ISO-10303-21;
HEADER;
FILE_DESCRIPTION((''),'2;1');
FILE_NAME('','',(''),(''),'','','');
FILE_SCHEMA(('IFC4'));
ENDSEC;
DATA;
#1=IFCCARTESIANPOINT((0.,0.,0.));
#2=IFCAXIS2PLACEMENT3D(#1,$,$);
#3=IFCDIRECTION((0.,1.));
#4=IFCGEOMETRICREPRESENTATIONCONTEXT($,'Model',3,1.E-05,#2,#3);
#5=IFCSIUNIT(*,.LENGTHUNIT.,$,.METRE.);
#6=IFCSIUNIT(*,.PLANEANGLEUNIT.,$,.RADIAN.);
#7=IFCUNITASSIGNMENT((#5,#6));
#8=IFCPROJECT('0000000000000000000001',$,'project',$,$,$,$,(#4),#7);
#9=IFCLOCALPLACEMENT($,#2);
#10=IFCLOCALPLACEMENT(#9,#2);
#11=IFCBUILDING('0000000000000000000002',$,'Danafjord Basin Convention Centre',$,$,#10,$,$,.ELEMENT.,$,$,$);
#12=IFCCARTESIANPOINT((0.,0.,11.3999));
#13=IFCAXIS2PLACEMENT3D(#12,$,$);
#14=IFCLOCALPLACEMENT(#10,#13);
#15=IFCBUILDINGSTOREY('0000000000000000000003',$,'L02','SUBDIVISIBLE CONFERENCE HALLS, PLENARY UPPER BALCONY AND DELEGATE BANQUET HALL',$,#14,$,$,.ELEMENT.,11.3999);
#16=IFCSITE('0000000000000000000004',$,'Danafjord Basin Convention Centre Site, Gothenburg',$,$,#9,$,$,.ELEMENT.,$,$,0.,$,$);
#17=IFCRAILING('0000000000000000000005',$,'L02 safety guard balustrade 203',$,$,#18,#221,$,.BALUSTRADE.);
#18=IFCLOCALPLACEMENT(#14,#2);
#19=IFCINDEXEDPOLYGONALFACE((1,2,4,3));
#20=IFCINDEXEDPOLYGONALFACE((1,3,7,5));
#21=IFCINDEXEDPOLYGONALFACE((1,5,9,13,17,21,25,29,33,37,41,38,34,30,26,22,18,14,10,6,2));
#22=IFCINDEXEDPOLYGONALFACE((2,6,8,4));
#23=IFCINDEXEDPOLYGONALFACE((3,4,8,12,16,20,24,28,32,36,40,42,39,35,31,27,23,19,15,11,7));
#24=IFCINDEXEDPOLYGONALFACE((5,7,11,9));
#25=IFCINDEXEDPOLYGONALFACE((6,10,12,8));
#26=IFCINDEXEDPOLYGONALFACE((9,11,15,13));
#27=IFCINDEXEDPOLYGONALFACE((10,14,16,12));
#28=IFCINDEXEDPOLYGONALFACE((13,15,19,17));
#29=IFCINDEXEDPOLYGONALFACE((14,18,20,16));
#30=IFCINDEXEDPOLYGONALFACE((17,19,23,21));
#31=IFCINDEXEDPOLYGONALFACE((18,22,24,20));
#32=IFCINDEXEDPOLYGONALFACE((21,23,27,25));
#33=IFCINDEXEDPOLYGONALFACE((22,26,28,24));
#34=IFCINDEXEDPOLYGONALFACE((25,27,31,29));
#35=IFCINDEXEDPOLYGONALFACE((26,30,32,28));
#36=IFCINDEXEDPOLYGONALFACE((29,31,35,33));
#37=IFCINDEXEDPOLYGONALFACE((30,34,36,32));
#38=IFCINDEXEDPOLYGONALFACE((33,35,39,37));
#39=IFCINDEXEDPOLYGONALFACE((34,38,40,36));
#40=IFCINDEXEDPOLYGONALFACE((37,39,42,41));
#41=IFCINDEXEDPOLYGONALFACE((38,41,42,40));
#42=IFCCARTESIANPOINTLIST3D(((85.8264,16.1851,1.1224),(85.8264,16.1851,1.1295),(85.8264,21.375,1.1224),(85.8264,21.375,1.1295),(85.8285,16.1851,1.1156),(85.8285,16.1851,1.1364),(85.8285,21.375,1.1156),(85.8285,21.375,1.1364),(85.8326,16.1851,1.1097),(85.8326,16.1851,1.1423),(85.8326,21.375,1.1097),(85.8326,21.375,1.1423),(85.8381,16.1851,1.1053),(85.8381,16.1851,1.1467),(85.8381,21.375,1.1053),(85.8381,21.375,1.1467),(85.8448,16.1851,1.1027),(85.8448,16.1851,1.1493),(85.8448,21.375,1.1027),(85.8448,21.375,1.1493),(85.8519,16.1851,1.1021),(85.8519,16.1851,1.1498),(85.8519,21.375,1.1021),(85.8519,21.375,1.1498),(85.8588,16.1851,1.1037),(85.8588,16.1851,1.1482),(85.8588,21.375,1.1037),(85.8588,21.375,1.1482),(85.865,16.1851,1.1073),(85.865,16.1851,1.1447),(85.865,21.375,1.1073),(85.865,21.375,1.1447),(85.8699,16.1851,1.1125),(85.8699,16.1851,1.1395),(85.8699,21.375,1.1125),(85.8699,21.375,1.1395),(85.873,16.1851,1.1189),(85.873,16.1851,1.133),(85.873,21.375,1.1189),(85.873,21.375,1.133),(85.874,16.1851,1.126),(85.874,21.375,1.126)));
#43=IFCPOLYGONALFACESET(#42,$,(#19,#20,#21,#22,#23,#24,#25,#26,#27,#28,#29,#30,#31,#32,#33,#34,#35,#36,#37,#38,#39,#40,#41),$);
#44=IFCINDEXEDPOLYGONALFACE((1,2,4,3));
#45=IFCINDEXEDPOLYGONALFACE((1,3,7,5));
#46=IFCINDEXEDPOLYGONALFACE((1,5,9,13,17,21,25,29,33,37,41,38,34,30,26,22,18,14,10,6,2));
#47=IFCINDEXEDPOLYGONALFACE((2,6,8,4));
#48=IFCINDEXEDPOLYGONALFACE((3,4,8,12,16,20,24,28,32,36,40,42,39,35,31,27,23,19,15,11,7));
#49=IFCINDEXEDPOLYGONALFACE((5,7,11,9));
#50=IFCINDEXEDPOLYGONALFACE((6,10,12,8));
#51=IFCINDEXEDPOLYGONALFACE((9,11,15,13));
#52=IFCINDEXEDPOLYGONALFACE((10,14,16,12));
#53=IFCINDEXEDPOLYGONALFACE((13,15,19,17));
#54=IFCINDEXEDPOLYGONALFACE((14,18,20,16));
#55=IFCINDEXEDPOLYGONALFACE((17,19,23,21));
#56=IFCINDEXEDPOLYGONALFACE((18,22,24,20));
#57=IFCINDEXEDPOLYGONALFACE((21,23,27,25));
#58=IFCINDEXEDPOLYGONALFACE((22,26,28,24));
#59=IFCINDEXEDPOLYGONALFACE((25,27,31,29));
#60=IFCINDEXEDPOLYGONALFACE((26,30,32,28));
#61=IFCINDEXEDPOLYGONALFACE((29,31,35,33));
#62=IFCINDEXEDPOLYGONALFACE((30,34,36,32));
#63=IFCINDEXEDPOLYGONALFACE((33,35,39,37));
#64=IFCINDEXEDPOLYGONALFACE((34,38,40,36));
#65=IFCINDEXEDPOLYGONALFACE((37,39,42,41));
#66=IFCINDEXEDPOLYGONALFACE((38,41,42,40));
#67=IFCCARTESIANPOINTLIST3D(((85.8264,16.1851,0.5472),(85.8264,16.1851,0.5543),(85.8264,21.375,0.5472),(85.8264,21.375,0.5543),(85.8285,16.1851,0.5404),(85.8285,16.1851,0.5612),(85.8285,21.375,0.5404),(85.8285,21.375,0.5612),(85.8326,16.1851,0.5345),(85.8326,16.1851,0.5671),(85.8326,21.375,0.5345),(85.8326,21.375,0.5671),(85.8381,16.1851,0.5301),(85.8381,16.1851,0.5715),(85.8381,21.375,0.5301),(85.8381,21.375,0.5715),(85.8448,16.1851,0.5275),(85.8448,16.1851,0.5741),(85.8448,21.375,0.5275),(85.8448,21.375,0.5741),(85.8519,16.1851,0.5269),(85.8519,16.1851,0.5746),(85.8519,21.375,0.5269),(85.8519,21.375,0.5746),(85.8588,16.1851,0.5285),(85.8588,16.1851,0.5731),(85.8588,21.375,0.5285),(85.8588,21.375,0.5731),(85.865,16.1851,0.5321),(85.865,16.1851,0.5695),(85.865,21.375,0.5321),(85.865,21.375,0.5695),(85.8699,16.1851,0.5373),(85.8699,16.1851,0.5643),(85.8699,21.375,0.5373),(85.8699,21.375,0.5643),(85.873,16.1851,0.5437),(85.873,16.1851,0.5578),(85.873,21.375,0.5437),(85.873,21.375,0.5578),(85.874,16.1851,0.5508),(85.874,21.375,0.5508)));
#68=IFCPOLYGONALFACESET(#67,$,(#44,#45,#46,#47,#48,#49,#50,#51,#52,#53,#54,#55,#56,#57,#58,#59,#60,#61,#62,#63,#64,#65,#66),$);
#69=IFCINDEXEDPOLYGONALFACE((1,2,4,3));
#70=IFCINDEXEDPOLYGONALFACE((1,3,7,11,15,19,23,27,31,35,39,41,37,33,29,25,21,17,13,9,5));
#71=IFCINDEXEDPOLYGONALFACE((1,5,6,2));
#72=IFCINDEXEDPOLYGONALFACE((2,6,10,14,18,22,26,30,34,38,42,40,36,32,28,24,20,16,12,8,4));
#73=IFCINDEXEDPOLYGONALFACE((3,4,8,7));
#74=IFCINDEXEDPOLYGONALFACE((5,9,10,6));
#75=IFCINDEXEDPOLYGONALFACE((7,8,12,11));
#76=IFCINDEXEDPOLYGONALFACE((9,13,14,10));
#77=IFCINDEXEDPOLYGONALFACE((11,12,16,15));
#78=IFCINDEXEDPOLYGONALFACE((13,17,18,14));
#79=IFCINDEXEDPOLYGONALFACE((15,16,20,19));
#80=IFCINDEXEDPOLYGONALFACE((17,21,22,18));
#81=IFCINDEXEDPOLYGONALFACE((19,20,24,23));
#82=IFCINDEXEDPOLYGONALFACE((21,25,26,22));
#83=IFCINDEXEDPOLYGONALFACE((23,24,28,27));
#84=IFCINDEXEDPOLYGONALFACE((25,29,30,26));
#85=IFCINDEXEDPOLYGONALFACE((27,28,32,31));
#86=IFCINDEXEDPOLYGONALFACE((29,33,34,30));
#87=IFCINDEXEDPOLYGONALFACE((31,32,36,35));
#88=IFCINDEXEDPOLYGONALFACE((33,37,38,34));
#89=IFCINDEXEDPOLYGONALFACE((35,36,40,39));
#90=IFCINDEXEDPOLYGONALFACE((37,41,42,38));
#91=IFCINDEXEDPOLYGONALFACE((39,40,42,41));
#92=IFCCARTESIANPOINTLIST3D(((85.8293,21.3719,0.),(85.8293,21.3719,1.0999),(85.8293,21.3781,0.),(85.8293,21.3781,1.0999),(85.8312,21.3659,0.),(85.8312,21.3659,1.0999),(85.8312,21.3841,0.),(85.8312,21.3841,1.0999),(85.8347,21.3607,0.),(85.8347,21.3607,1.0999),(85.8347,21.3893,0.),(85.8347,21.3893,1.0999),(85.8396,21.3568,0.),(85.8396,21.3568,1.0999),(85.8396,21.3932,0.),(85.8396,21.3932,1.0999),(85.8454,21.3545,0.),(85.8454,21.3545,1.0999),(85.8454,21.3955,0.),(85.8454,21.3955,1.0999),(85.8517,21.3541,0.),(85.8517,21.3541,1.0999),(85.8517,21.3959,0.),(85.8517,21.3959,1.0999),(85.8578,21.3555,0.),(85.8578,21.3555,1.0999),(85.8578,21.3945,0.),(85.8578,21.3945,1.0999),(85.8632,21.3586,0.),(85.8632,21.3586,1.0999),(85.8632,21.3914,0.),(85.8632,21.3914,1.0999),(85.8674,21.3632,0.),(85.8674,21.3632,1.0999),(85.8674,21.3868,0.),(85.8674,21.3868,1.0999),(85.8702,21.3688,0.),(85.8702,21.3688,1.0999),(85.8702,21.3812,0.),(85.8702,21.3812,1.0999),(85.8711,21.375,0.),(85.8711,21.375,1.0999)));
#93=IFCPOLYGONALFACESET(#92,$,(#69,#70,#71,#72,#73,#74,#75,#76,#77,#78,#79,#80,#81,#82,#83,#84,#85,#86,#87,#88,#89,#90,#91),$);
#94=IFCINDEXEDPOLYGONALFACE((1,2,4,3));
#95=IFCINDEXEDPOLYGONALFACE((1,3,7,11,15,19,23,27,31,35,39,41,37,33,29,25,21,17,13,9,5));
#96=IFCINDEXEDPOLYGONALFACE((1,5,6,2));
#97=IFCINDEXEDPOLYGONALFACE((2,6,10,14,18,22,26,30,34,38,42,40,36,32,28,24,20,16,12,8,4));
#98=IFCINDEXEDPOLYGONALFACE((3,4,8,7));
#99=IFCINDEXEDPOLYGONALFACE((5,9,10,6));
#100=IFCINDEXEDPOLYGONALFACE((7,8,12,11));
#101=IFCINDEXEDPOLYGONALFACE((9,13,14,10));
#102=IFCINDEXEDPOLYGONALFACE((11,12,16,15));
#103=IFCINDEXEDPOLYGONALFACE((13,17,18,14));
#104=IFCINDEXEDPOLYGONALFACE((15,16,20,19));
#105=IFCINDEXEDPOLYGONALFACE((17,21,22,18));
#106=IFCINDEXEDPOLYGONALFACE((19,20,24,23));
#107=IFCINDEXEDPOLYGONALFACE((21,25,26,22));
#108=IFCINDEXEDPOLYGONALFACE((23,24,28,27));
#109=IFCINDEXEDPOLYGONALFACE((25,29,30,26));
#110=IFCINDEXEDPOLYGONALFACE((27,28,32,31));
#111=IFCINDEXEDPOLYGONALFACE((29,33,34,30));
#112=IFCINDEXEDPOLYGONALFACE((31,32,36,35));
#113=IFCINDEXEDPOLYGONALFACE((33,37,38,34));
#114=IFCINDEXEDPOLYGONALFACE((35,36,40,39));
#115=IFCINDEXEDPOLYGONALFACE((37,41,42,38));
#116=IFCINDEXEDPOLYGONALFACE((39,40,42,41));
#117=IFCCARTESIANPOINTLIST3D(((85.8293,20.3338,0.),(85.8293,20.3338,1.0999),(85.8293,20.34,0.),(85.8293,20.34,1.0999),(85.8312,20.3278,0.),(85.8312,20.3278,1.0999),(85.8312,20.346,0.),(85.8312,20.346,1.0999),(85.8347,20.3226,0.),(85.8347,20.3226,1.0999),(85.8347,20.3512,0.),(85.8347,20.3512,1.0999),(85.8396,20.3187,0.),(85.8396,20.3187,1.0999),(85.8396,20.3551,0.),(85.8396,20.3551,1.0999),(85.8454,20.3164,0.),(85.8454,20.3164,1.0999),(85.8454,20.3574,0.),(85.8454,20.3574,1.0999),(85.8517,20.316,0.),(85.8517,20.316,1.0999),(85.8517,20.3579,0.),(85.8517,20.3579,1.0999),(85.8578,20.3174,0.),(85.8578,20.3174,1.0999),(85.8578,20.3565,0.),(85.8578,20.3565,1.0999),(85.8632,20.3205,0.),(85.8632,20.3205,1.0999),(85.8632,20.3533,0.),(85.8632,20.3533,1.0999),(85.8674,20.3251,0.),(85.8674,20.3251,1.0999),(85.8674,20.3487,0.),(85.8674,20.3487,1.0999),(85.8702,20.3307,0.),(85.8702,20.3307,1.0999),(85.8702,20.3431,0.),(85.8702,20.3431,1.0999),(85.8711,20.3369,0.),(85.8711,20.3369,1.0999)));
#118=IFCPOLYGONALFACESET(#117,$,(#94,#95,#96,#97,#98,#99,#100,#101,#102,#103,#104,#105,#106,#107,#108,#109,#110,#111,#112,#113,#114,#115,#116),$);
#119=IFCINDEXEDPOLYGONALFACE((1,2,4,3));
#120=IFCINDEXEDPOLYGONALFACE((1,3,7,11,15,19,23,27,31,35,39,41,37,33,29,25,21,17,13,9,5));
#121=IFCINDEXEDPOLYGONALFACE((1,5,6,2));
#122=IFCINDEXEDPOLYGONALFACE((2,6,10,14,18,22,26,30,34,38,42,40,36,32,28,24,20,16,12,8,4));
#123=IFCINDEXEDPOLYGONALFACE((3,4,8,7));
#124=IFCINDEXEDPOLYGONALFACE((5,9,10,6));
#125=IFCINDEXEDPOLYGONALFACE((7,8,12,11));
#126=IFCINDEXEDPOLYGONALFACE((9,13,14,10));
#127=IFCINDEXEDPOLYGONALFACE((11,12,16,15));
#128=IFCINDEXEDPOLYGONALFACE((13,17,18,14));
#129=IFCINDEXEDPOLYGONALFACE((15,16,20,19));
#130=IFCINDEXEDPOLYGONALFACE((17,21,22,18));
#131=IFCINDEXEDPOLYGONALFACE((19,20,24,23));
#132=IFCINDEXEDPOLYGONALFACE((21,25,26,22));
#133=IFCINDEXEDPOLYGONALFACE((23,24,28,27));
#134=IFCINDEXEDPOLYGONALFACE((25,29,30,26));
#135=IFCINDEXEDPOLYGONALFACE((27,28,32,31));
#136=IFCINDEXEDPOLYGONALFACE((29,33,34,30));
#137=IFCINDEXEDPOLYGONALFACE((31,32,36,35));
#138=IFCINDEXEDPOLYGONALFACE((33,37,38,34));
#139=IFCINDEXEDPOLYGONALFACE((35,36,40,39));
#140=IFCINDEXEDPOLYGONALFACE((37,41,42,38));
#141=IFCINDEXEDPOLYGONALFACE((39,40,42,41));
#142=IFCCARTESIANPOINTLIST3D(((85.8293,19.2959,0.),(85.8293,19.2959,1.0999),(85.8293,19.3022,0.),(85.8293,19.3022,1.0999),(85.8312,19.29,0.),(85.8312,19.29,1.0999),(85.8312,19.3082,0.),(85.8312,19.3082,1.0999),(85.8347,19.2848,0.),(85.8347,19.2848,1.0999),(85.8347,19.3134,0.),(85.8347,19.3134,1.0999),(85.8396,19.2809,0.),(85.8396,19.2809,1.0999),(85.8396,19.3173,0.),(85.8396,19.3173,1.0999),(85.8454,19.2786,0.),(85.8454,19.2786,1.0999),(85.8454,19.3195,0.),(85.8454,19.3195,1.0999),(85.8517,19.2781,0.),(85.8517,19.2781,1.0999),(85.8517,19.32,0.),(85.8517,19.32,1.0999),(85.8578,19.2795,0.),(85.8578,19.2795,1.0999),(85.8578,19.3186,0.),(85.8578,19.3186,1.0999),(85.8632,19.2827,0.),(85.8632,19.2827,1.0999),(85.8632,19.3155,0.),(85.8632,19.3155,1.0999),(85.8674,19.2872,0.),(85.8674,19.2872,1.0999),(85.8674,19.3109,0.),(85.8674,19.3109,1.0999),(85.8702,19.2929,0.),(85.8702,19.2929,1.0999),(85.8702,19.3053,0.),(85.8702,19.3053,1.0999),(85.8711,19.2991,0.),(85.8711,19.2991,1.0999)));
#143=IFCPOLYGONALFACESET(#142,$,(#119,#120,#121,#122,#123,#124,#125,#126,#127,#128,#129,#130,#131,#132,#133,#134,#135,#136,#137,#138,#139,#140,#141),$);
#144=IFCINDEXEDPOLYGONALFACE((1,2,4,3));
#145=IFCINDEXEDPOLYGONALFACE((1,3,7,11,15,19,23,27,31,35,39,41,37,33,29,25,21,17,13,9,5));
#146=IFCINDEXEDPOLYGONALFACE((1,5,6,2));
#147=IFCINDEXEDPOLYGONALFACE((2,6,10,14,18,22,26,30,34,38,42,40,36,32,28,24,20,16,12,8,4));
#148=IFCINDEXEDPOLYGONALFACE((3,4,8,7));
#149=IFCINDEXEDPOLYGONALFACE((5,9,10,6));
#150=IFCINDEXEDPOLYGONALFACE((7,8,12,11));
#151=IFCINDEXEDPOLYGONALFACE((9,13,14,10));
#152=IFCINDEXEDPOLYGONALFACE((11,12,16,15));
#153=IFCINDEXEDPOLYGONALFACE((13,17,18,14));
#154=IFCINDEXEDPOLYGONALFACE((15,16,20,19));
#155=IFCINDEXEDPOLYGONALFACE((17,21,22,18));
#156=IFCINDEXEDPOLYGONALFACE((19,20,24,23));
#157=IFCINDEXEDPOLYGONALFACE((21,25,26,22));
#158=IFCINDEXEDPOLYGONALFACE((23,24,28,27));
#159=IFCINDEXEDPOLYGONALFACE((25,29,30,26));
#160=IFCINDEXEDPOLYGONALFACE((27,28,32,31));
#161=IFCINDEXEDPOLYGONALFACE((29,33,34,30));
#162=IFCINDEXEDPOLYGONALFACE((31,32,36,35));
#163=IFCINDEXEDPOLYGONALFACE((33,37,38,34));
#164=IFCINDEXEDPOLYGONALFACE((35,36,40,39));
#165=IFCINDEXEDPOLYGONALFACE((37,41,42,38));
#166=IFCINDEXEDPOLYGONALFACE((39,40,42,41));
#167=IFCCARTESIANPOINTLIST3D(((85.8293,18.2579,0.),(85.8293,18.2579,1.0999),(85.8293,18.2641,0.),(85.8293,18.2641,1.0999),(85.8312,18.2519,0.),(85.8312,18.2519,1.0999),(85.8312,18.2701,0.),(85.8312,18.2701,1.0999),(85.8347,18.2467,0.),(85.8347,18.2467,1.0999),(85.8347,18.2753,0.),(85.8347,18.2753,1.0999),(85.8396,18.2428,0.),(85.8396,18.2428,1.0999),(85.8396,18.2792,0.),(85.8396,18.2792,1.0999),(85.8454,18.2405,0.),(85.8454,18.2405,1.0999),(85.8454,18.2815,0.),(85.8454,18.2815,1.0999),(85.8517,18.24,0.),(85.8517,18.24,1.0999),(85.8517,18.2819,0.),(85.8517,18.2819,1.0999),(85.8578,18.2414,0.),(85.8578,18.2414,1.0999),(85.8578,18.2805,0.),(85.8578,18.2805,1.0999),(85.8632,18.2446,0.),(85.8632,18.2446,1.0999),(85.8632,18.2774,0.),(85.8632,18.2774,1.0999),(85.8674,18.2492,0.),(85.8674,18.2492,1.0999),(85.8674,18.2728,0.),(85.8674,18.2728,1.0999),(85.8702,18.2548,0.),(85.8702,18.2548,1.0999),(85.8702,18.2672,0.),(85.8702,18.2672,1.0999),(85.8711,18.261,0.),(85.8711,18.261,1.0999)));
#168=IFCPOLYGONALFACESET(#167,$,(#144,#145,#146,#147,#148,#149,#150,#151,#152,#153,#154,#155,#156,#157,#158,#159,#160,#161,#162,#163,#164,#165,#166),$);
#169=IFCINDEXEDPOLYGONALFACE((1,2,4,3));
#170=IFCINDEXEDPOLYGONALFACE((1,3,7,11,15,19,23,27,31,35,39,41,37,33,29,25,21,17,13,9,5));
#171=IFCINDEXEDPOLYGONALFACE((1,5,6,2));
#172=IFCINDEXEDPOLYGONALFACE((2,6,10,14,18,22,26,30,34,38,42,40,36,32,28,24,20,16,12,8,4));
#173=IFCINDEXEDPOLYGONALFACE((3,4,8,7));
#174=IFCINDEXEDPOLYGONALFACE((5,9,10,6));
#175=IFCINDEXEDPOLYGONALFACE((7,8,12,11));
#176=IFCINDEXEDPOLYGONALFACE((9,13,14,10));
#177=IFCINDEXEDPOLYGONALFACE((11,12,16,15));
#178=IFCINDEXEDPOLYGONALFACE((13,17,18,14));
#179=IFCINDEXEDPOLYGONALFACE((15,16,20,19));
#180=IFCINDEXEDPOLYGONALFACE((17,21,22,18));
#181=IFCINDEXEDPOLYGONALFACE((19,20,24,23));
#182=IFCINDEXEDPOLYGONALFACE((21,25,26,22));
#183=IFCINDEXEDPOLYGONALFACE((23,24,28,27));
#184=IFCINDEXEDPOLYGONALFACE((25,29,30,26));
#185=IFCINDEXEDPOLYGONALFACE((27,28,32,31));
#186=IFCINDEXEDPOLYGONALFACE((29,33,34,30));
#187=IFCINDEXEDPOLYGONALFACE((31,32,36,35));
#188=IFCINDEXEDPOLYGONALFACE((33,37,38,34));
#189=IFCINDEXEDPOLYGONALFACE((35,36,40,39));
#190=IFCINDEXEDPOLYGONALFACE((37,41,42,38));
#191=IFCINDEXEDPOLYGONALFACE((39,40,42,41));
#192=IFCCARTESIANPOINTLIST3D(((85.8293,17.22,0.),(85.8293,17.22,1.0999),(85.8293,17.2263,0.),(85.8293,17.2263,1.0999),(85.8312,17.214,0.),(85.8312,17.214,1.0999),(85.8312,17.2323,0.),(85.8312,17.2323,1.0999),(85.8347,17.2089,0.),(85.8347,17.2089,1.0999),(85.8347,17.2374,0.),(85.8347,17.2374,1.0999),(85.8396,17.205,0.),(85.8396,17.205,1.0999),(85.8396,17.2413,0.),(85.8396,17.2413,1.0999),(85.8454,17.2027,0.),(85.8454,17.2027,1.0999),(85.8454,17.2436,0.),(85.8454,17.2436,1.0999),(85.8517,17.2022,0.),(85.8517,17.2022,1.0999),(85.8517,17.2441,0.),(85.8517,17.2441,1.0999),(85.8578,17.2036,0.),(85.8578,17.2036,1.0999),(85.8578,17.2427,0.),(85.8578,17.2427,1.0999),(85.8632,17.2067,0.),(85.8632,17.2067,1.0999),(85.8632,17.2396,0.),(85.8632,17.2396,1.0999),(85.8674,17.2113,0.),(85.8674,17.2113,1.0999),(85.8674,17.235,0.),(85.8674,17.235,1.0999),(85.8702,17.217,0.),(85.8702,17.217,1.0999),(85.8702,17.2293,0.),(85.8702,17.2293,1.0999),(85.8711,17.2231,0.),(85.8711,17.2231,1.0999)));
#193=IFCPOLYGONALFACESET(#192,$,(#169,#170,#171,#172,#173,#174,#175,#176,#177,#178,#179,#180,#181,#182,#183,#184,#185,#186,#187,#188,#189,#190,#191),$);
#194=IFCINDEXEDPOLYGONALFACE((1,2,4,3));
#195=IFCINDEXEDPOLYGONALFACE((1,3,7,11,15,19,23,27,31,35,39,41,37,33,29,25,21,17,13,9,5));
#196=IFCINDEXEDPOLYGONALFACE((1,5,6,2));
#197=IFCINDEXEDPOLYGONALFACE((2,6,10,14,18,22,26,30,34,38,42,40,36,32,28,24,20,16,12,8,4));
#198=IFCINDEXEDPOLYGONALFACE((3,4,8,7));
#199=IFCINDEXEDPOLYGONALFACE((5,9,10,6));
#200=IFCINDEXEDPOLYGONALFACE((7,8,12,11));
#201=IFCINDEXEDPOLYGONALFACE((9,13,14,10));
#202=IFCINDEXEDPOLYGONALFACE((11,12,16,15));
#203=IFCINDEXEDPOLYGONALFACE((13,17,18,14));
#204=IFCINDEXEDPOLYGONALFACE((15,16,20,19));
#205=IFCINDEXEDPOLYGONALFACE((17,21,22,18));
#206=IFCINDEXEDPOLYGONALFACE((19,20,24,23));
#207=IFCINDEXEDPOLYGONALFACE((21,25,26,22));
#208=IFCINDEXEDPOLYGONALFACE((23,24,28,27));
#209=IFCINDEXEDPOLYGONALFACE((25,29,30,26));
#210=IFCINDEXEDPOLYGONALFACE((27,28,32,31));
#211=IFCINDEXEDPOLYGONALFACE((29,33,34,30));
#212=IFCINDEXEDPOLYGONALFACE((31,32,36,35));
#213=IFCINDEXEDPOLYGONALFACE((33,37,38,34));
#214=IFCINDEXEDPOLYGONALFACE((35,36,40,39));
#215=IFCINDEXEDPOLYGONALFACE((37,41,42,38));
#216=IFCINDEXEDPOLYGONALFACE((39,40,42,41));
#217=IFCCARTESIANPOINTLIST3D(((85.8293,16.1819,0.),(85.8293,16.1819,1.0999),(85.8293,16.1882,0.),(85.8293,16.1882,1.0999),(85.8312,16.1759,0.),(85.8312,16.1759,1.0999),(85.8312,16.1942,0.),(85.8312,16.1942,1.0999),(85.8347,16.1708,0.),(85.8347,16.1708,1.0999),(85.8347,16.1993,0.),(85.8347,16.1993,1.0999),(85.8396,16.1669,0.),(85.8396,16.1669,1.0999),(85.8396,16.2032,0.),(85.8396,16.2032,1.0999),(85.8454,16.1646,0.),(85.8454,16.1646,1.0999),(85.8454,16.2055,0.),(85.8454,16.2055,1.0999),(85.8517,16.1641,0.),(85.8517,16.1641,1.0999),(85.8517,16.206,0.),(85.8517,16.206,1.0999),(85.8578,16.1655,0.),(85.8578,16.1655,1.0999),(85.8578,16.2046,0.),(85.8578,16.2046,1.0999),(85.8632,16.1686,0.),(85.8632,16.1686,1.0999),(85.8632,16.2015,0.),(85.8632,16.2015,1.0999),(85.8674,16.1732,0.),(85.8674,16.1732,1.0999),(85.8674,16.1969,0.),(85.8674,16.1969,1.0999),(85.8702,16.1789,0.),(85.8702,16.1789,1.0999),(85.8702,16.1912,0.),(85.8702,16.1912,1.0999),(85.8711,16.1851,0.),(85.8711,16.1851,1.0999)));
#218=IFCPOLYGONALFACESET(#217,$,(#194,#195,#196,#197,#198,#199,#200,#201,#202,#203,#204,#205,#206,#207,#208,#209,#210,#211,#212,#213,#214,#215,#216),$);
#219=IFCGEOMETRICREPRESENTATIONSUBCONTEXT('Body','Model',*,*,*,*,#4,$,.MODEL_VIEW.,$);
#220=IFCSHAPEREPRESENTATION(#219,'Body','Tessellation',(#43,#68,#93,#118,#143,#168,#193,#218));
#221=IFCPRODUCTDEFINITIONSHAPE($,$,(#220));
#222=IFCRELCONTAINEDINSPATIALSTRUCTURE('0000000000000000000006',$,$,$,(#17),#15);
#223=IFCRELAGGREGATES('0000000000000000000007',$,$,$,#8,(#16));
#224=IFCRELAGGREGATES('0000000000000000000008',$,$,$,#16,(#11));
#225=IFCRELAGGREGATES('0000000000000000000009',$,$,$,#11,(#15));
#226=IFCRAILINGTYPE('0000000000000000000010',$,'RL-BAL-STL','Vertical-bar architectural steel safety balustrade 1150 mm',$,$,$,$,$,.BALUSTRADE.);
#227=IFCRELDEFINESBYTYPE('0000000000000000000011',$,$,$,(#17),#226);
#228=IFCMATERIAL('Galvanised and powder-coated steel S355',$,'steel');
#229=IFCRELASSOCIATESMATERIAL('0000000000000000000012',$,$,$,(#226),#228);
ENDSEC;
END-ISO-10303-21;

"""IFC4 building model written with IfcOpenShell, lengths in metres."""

from ifc_helpers import new_model, si_unit, direction, frame, origin, origin_2d, place, context, subcontext, project, spatial, circle, extrude, material, type_object, element, save


model = new_model("IFC4")

# Units and contexts
model_context = context("Model", 3, precision=1e-05, world=origin(), true_north=direction((0.0, 1.0)))
body_context = subcontext(model_context, "Body", "Model", "MODEL_VIEW")
ifc_project = project(units=[si_unit("LENGTHUNIT", "METRE"), si_unit("PLANEANGLEUNIT", "RADIAN")], contexts=[model_context])

# Site, building, storey
site_placement = place(None, origin())
site = spatial("IfcSite", under=ifc_project, at=site_placement, Name="Danafjord Basin Convention Centre Site, Gothenburg", CompositionType="ELEMENT", RefElevation=0.0)
building_placement = place(site_placement, origin())
building = spatial("IfcBuilding", under=site, at=building_placement, Name="Danafjord Basin Convention Centre", CompositionType="ELEMENT")
storey_placement = place(building_placement, frame((0.0, 0.0, 11.3999)))
storey = spatial("IfcBuildingStorey", under=building, at=storey_placement, Name="L02", Description="SUBDIVISIBLE CONFERENCE HALLS, PLENARY UPPER BALCONY AND DELEGATE BANQUET HALL", CompositionType="ELEMENT", Elevation=11.3999)

# Railing
ifc_material_1 = material(Name="Galvanised and powder-coated steel S355", Category="steel")
railing_type_1 = type_object("IfcRailingType", Name="RL-BAL-STL", Description="Vertical-bar architectural steel safety balustrade 1150 mm", PredefinedType="BALUSTRADE", material=ifc_material_1)
railing_1_placement = place(storey_placement, frame((85.8501, 21.375, 0.0)))
element("IfcRailing", 1, at=railing_1_placement, inside=storey, type_object=railing_type_1, Name="L02 safety guard balustrade 203", PredefinedType="BALUSTRADE", context=body_context, shape_type="SweptSolid", body=[
    extrude(circle(Radius=0.0239, at=origin_2d()), frame((0.0, 0.0, 1.126), z_axis=(0.0, -1.0, 0.0), x_axis=(1.0, 0.0, 0.0)), (0.0, 0.0, 1.0), 5.1899),
    extrude(circle(Radius=0.0239, at=origin_2d()), frame((0.0, 0.0, 0.5508), z_axis=(0.0, -1.0, 0.0), x_axis=(1.0, 0.0, 0.0)), (0.0, 0.0, 1.0), 5.1899),
    extrude(circle(Radius=0.021, at=origin_2d()), origin(), (0.0, 0.0, 1.0), 1.0999),
    extrude(circle(Radius=0.021, at=origin_2d()), frame((0.0, -1.0381, 0.0)), (0.0, 0.0, 1.0), 1.0999),
    extrude(circle(Radius=0.021, at=origin_2d()), frame((0.0, -2.0759, 0.0)), (0.0, 0.0, 1.0), 1.0999),
    extrude(circle(Radius=0.021, at=origin_2d()), frame((0.0, -3.114, 0.0)), (0.0, 0.0, 1.0), 1.0999),
    extrude(circle(Radius=0.021, at=origin_2d()), frame((0.0, -4.1519, 0.0)), (0.0, 0.0, 1.0), 1.0999),
    extrude(circle(Radius=0.021, at=origin_2d()), frame((0.0, -5.1899, 0.0)), (0.0, 0.0, 1.0), 1.0999),
])

save(model, "model.ifc")
